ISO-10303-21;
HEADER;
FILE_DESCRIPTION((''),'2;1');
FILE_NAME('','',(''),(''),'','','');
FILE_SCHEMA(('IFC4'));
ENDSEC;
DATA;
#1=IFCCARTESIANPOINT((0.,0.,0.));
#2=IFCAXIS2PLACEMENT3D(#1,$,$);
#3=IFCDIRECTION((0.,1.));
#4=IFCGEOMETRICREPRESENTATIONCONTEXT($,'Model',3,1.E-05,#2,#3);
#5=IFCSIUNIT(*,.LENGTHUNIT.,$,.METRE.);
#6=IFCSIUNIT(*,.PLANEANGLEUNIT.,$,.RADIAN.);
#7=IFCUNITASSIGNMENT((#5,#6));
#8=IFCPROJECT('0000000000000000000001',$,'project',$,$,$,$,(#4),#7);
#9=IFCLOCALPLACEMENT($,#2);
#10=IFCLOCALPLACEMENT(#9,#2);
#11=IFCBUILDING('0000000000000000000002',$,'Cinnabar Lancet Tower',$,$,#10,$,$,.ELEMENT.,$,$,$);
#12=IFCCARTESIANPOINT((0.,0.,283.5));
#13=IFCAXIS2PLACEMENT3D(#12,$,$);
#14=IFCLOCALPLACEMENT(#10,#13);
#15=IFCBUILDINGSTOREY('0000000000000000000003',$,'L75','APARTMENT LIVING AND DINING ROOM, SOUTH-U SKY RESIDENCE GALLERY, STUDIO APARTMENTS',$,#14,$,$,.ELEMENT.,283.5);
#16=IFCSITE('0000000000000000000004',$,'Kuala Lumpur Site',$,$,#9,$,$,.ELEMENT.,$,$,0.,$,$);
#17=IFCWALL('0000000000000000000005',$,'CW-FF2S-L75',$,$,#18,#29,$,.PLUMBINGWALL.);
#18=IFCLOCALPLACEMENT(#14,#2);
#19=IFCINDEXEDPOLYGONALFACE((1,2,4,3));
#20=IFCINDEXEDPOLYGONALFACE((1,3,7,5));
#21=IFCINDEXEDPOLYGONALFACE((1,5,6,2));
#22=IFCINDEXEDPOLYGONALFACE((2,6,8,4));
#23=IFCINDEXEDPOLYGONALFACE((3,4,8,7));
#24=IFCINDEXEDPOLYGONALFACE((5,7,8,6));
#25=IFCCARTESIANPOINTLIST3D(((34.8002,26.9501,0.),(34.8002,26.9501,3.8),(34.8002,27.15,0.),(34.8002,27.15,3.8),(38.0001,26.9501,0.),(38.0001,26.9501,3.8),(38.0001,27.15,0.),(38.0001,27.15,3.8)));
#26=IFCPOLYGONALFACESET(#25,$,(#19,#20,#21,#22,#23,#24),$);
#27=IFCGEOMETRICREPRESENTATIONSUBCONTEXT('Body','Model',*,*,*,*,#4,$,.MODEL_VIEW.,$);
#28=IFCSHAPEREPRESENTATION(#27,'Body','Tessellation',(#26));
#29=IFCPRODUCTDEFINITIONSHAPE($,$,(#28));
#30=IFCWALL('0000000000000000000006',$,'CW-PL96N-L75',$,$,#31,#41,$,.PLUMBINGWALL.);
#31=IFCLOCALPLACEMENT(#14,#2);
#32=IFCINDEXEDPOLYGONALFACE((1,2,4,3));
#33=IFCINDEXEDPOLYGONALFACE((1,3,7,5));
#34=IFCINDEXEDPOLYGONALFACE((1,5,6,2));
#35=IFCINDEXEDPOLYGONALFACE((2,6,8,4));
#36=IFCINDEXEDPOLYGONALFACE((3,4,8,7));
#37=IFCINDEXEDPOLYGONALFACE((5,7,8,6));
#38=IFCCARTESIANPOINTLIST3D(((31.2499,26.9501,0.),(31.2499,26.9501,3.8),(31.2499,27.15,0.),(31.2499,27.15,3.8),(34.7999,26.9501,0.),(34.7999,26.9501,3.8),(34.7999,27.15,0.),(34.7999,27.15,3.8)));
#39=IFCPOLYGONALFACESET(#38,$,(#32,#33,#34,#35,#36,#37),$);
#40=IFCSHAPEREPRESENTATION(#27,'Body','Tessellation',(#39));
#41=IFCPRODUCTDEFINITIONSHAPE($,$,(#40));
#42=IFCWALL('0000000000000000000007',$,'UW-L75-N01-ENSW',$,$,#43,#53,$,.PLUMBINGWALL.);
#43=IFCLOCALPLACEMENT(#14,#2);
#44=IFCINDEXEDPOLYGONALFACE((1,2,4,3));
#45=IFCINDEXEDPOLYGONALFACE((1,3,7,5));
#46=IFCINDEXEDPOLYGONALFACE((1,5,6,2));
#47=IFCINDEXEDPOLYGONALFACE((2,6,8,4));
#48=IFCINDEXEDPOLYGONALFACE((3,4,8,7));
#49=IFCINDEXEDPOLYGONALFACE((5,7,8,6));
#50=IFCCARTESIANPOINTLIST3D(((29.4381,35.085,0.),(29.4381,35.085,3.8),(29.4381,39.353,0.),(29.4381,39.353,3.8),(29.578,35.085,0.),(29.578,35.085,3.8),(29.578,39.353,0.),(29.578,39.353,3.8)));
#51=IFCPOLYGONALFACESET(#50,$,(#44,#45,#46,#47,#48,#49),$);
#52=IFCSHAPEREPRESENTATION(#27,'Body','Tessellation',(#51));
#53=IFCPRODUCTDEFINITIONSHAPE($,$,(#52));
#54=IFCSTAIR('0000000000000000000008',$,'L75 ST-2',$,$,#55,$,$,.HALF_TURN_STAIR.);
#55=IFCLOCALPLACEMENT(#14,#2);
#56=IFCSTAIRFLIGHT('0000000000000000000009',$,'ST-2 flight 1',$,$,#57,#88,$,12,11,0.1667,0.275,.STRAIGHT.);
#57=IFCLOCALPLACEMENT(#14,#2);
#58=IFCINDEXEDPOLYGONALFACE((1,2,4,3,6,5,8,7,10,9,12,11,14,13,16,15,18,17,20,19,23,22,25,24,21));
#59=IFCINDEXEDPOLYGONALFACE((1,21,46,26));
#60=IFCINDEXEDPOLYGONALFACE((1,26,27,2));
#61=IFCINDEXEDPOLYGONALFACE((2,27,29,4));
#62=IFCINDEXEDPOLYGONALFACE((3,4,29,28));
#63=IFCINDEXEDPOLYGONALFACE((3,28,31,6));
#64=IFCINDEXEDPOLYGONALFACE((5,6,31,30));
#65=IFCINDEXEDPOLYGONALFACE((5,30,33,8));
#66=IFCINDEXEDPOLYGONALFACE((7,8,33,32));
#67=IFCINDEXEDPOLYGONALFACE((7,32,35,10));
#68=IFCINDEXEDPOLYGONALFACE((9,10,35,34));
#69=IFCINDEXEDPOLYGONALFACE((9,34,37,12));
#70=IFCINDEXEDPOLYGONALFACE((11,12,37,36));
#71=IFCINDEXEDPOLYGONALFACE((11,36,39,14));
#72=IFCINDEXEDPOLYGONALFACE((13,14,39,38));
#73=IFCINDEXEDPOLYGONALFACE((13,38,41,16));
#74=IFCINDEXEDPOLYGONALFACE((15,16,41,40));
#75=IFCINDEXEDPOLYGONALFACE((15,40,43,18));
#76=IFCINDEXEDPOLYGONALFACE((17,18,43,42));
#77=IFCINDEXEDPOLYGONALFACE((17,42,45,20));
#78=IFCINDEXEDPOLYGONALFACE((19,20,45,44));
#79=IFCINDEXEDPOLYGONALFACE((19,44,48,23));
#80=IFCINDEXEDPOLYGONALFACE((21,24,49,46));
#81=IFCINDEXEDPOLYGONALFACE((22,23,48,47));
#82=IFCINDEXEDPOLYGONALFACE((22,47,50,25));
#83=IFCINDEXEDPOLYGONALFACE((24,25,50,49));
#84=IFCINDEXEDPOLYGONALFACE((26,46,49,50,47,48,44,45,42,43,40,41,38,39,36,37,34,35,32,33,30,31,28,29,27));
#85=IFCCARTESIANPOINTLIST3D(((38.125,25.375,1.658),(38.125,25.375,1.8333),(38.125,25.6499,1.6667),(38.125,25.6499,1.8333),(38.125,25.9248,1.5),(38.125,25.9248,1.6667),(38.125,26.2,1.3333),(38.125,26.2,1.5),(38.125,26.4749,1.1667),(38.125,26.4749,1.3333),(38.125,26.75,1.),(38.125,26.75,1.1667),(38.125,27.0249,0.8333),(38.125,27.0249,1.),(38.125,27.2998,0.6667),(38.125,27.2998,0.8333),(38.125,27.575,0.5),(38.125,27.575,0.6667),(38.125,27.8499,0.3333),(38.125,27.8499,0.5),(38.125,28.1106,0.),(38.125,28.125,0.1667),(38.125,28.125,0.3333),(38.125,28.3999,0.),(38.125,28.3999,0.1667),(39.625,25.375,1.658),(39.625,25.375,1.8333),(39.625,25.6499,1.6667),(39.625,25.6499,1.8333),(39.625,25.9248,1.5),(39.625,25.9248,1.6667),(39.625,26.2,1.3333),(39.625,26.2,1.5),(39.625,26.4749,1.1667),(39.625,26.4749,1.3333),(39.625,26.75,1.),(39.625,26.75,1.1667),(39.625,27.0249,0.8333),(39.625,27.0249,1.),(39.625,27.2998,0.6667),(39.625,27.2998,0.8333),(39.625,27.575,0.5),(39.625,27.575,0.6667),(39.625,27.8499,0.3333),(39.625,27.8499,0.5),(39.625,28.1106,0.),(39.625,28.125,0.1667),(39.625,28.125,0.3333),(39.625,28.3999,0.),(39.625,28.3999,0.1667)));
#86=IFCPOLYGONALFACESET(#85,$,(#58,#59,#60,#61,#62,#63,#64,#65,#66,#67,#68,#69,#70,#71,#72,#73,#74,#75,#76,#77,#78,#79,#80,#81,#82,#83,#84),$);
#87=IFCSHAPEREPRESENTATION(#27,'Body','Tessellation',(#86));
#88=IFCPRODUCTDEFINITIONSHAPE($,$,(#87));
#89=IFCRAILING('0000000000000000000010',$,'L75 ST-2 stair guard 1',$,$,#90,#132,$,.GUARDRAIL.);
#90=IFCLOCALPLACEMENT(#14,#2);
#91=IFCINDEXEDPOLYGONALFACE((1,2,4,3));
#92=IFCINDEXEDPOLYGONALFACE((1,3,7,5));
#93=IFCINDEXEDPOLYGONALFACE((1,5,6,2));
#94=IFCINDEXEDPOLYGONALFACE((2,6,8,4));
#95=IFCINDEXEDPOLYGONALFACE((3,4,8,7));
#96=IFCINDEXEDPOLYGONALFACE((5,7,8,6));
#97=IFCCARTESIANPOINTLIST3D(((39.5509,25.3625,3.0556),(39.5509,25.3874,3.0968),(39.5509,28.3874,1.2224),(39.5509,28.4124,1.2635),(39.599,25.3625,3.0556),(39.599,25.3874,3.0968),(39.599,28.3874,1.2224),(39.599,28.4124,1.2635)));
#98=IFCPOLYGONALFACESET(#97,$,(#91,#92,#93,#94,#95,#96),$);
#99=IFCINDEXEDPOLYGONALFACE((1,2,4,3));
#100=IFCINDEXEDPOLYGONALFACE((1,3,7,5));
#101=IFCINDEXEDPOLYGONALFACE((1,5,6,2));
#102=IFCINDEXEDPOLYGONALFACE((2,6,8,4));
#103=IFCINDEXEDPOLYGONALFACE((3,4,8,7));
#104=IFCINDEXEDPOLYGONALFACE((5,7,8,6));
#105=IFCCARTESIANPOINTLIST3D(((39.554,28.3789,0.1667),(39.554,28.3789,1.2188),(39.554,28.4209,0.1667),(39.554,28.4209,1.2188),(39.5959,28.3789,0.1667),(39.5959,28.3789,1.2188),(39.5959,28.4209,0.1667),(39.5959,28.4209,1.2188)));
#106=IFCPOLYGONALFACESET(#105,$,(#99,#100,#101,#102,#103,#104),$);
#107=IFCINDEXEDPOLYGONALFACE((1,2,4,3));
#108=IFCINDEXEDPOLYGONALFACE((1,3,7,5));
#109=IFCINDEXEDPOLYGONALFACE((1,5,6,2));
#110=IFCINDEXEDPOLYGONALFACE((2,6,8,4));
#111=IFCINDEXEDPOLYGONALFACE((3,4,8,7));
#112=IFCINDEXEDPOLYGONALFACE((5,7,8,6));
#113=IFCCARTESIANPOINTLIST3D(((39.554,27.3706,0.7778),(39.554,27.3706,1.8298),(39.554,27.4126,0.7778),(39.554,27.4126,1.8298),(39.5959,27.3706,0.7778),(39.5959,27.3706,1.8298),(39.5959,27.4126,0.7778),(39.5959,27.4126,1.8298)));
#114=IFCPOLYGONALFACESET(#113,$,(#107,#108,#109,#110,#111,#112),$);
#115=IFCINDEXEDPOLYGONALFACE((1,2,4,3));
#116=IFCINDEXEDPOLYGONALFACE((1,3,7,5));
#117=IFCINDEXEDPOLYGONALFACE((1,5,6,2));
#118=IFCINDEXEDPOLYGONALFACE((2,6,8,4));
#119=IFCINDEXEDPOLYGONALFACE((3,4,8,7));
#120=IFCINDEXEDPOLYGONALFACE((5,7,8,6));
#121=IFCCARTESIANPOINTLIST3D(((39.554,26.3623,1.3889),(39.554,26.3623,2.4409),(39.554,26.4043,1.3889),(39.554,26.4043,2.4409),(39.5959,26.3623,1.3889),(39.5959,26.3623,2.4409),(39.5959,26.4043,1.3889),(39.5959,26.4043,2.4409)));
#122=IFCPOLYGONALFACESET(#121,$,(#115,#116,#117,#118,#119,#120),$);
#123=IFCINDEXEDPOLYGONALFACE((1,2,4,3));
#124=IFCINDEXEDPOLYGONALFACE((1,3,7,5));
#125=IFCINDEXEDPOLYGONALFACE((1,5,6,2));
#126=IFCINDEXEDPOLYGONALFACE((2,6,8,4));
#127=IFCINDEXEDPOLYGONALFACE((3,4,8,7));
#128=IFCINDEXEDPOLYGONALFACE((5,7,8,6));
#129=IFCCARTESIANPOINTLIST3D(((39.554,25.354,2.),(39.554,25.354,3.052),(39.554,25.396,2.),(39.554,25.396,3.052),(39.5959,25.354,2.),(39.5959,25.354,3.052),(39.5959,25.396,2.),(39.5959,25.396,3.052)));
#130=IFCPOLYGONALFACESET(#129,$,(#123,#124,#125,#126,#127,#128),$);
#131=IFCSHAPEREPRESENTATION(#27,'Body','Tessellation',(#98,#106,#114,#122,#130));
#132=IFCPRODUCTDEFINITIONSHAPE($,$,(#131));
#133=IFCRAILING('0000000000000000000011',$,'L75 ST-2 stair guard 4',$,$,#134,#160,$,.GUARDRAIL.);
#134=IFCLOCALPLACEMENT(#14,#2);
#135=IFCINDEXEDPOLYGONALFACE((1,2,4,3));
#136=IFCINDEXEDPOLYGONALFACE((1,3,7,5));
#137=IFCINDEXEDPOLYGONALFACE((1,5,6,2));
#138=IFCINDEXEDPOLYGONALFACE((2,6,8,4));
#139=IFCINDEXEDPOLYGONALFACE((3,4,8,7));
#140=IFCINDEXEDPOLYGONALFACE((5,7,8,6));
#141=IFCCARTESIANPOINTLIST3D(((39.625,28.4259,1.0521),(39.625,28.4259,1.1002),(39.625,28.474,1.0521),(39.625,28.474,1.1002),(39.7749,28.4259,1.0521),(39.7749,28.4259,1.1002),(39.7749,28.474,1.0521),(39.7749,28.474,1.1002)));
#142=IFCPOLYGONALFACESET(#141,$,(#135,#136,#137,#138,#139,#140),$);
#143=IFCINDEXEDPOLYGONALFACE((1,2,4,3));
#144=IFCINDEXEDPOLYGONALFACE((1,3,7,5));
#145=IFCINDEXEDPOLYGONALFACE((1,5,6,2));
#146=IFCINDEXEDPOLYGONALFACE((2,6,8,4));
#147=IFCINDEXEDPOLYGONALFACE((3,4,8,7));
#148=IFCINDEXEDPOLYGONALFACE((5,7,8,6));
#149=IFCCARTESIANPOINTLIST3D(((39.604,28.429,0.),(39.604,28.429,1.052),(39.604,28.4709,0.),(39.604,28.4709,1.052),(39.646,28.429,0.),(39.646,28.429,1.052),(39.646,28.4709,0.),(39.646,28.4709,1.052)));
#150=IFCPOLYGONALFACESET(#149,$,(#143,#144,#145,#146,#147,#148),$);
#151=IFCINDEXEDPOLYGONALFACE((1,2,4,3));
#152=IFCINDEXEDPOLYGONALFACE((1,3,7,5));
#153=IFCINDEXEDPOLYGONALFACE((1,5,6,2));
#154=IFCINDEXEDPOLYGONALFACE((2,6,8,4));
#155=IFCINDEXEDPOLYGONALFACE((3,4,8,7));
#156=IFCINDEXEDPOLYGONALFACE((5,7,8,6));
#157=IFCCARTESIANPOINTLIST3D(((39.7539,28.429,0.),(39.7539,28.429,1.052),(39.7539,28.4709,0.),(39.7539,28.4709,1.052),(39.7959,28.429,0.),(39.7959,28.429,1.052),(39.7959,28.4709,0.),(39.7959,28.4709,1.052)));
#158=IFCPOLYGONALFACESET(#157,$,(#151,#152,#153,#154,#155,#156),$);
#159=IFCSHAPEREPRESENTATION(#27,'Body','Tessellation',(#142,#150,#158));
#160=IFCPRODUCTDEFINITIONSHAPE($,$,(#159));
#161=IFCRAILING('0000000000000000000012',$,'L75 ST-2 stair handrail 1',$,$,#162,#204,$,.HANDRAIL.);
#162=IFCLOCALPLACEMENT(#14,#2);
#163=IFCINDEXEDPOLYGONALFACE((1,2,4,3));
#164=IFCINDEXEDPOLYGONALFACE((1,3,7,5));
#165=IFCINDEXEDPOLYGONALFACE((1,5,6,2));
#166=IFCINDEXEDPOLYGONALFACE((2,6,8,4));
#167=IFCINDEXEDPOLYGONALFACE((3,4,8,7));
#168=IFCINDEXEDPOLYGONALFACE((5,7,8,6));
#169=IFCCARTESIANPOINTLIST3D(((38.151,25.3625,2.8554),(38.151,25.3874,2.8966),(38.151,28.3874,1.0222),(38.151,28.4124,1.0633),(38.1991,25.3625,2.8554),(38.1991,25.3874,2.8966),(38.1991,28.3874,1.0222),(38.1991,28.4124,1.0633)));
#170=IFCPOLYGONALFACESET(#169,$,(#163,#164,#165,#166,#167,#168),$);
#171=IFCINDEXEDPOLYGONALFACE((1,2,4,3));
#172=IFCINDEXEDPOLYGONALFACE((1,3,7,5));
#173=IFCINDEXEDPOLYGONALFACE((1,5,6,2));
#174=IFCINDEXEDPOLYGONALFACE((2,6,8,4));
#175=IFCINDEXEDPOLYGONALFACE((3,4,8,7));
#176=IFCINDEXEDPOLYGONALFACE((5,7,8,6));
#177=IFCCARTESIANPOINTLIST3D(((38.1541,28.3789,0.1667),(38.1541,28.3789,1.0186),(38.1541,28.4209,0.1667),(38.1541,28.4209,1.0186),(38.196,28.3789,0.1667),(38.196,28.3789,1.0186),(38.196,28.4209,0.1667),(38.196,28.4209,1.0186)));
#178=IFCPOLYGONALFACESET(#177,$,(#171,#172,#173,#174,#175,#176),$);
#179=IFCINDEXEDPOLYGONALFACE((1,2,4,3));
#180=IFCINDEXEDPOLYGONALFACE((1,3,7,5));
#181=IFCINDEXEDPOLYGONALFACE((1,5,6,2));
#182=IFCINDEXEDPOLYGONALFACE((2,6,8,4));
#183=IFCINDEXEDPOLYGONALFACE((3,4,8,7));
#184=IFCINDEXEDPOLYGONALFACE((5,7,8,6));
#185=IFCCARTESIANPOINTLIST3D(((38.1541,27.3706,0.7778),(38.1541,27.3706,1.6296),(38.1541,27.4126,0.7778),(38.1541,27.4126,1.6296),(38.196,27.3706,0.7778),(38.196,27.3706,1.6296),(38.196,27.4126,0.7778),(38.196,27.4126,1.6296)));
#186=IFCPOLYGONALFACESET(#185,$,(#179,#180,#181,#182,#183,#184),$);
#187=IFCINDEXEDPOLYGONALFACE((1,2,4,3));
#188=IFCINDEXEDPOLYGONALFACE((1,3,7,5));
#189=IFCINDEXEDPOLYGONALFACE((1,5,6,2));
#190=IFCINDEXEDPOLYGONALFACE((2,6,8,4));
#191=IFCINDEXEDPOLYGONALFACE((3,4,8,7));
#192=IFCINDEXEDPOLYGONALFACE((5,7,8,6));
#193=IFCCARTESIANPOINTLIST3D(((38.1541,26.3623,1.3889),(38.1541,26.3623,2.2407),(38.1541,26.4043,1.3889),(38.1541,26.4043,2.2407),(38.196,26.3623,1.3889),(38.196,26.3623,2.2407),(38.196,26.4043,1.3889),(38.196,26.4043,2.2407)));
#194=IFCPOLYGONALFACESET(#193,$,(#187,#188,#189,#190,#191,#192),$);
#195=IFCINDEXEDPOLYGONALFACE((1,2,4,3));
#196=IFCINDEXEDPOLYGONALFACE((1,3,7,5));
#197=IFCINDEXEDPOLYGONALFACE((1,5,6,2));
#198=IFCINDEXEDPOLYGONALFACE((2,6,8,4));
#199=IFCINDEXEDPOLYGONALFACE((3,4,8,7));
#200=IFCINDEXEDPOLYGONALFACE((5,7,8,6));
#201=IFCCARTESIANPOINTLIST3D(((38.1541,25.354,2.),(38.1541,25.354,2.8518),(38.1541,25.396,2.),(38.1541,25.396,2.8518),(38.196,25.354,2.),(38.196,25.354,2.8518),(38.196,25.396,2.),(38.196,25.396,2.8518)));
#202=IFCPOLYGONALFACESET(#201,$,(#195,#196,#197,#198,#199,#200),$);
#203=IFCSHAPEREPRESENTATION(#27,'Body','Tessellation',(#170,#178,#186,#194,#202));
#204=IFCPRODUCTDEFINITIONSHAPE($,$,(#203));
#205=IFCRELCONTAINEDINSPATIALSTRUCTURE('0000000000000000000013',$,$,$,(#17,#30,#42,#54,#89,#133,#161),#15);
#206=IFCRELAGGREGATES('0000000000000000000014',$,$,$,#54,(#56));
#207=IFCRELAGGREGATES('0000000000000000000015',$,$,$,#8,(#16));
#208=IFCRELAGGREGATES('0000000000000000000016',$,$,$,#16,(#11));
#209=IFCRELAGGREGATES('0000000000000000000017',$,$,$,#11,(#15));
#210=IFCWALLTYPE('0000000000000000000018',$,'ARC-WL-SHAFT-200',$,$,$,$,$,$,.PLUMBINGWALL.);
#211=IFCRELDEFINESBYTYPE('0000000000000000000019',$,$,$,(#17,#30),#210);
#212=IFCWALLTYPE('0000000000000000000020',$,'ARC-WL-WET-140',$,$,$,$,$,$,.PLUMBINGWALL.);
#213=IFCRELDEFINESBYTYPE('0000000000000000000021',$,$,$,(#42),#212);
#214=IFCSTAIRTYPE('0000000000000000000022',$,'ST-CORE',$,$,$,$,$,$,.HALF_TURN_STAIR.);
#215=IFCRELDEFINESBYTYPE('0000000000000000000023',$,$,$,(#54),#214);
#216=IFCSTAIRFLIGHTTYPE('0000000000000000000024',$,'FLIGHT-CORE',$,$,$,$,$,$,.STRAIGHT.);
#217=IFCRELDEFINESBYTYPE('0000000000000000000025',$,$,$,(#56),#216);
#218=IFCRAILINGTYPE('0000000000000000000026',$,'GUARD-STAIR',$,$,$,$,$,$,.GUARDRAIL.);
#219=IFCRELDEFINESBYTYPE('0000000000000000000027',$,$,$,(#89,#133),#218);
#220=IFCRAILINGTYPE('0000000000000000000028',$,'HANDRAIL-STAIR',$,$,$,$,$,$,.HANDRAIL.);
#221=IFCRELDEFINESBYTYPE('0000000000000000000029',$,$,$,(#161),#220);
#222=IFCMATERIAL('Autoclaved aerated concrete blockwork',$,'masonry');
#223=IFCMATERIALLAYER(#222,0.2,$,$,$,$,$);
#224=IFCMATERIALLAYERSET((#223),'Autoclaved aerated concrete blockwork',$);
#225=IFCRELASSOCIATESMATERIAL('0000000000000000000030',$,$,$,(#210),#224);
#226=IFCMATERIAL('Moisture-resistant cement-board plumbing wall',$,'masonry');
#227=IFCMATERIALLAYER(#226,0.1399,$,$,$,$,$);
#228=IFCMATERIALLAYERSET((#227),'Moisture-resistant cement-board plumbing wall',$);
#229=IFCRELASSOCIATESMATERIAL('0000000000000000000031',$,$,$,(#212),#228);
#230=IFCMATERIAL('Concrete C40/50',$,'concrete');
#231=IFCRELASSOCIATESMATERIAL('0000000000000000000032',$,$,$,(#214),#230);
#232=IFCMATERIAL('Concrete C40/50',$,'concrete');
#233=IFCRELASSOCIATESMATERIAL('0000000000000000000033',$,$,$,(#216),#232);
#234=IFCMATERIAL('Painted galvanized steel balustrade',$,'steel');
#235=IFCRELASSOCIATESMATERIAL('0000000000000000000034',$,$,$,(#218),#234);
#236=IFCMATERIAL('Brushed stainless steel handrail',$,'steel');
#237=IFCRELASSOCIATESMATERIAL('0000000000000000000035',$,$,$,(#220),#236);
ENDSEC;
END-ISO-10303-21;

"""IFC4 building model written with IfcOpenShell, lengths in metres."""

from ifc_helpers import new_model, si_unit, direction, frame, frame_2d, origin, origin_2d, place, context, subcontext, project, spatial, polyline, rectangle, outline, extrude, material, layer, layer_set, type_object, element, aggregate, save


model = new_model("IFC4")

# Units and contexts
model_context = context("Model", 3, precision=1e-05, world=origin(), true_north=direction((0.0, 1.0)))
body_context = subcontext(model_context, "Body", "Model", "MODEL_VIEW")
ifc_project = project(units=[si_unit("LENGTHUNIT", "METRE"), si_unit("PLANEANGLEUNIT", "RADIAN")], contexts=[model_context])

# Site, building, storey
site_placement = place(None, origin())
site = spatial("IfcSite", under=ifc_project, at=site_placement, Name="Kuala Lumpur Site", CompositionType="ELEMENT", RefElevation=0.0)
building_placement = place(site_placement, origin())
building = spatial("IfcBuilding", under=site, at=building_placement, Name="Cinnabar Lancet Tower", CompositionType="ELEMENT")
storey_placement = place(building_placement, frame((0.0, 0.0, 283.5)))
storey = spatial("IfcBuildingStorey", under=building, at=storey_placement, Name="L75", Description="APARTMENT LIVING AND DINING ROOM, SOUTH-U SKY RESIDENCE GALLERY, STUDIO APARTMENTS", CompositionType="ELEMENT", Elevation=283.5)

# Shared definitions
ifc_material_1 = material(Name="Autoclaved aerated concrete blockwork", Category="masonry")
ifc_layer_1 = layer(ifc_material_1, 0.2)
ifc_layer_set_1 = layer_set([ifc_layer_1], Name="Autoclaved aerated concrete blockwork")
wall_type_1 = type_object("IfcWallType", Name="ARC-WL-SHAFT-200", PredefinedType="PLUMBINGWALL", material=ifc_layer_set_1)

# Walls
wall_1_placement = place(storey_placement, frame((34.8, 27.05, 0.0), z_axis=(0.0, 0.0, 1.0), x_axis=(1.0, 0.0, 0.0)))
element("IfcWall", 1, at=wall_1_placement, inside=storey, type_object=wall_type_1, Name="CW-FF2S-L75", PredefinedType="PLUMBINGWALL", context=body_context, shape_type="SweptSolid", body=[
    extrude(rectangle(XDim=3.2, YDim=0.2, at=frame_2d((1.6001, 0.0))), origin(), (0.0, 0.0, 1.0), 3.8),
])
wall_2_placement = place(storey_placement, frame((31.25, 27.05, 0.0), z_axis=(0.0, 0.0, 1.0), x_axis=(1.0, 0.0, 0.0)))
element("IfcWall", 2, at=wall_2_placement, inside=storey, type_object=wall_type_1, Name="CW-PL96N-L75", PredefinedType="PLUMBINGWALL", context=body_context, shape_type="SweptSolid", body=[
    extrude(rectangle(XDim=3.55, YDim=0.2, at=frame_2d((1.7749, 0.0))), origin(), (0.0, 0.0, 1.0), 3.8),
])
ifc_material_2 = material(Name="Moisture-resistant cement-board plumbing wall", Category="masonry")
ifc_layer_2 = layer(ifc_material_2, 0.1399)
ifc_layer_set_2 = layer_set([ifc_layer_2], Name="Moisture-resistant cement-board plumbing wall")
wall_type_2 = type_object("IfcWallType", Name="ARC-WL-WET-140", PredefinedType="PLUMBINGWALL", material=ifc_layer_set_2)
wall_3_placement = place(storey_placement, frame((29.5081, 35.085, 0.0), z_axis=(0.0, 0.0, 1.0), x_axis=(0.0, 1.0, 0.0)))
element("IfcWall", 3, at=wall_3_placement, inside=storey, type_object=wall_type_2, Name="UW-L75-N01-ENSW", PredefinedType="PLUMBINGWALL", context=body_context, shape_type="SweptSolid", body=[
    extrude(rectangle(XDim=4.2681, YDim=0.1399, at=frame_2d((2.134, 0.0))), origin(), (0.0, 0.0, 1.0), 3.8),
])

# Stair, stair flight
ifc_material_3 = material(Name="Concrete C40/50", Category="concrete")
stair_type = type_object("IfcStairType", Name="ST-CORE", PredefinedType="HALF_TURN_STAIR", material=ifc_material_3)
stair_placement = place(storey_placement, origin())
stair = element("IfcStair", 4, at=stair_placement, inside=storey, type_object=stair_type, Name="L75 ST-2", PredefinedType="HALF_TURN_STAIR")
ifc_material_4 = material(Name="Concrete C40/50", Category="concrete")
stair_flight_type = type_object("IfcStairFlightType", Name="FLIGHT-CORE", PredefinedType="STRAIGHT", material=ifc_material_4)
stair_flight_placement = place(storey_placement, frame((38.875, 28.3999, 0.0), z_axis=(0.0, 0.0, 1.0), x_axis=(0.0, -1.0, 0.0)))
stair_flight = element("IfcStairFlight", 5, at=stair_flight_placement, type_object=stair_flight_type, Name="ST-2 flight 1", NumberOfRisers=12, NumberOfTreads=11, PredefinedType="STRAIGHT", RiserHeight=0.1667, TreadLength=0.275, context=body_context, shape_type="SweptSolid", body=[
    extrude(outline(polyline([(0.0, 0.0), (0.0, 0.1667), (0.2749, 0.1667), (0.2749, 0.3333), (0.55, 0.3333), (0.55, 0.5), (0.825, 0.5), (0.825, 0.6667), (1.1001, 0.6667), (1.1001, 0.8333), (1.375, 0.8333), (1.375, 1.0), (1.6499, 1.0), (1.6499, 1.1667), (1.925, 1.1667), (1.925, 1.3333), (2.2, 1.3333), (2.2, 1.5), (2.4751, 1.5), (2.4751, 1.6667), (2.75, 1.6667), (2.75, 1.8333), (3.0249, 1.8333), (3.0249, 2.0), (3.0249, 1.658), (0.2893, 0.0), (0.0, 0.0)])), frame((0.0, 0.75, 0.0), z_axis=(0.0, -1.0, 0.0), x_axis=(1.0, 0.0, 0.0)), (0.0, 0.0, 1.0), 1.5),
])
aggregate(stair, [stair_flight])

# Railings
ifc_material_5 = material(Name="Painted galvanized steel balustrade", Category="steel")
railing_type_1 = type_object("IfcRailingType", Name="GUARD-STAIR", PredefinedType="GUARDRAIL", material=ifc_material_5)
railing_1_placement = place(storey_placement, frame((39.575, 28.3999, 0.1667)))
element("IfcRailing", 6, at=railing_1_placement, inside=storey, type_object=railing_type_1, Name="L75 ST-2 stair guard 1", PredefinedType="GUARDRAIL", context=body_context, shape_type="SweptSolid", body=[
    extrude(rectangle(XDim=0.0481, YDim=0.0481, at=origin_2d()), frame((0.0, 0.0, 1.0762), z_axis=(0.0, -0.855201, 0.518297), x_axis=(1.0, 0.0, 0.0)), (0.0, 0.0, 1.0), 3.5371),
    extrude(rectangle(XDim=0.042, YDim=0.042, at=origin_2d()), origin(), (0.0, 0.0, 1.0), 1.052),
    extrude(rectangle(XDim=0.042, YDim=0.042, at=origin_2d()), frame((0.0, -1.0083, 0.6111)), (0.0, 0.0, 1.0), 1.052),
    extrude(rectangle(XDim=0.042, YDim=0.042, at=origin_2d()), frame((0.0, -2.0166, 1.2222)), (0.0, 0.0, 1.0), 1.052),
    extrude(rectangle(XDim=0.042, YDim=0.042, at=origin_2d()), frame((0.0, -3.0249, 1.8333)), (0.0, 0.0, 1.0), 1.052),
])
railing_2_placement = place(storey_placement, frame((39.625, 28.45, 0.0)))
element("IfcRailing", 7, at=railing_2_placement, inside=storey, type_object=railing_type_1, Name="L75 ST-2 stair guard 4", PredefinedType="GUARDRAIL", context=body_context, shape_type="SweptSolid", body=[
    extrude(rectangle(XDim=0.0481, YDim=0.0481, at=origin_2d()), frame((0.0, 0.0, 1.0762), z_axis=(1.0, 0.0, 0.0), x_axis=(0.0, 1.0, 0.0)), (0.0, 0.0, 1.0), 0.1499),
    extrude(rectangle(XDim=0.042, YDim=0.042, at=origin_2d()), origin(), (0.0, 0.0, 1.0), 1.052),
    extrude(rectangle(XDim=0.042, YDim=0.042, at=origin_2d()), frame((0.1499, 0.0, 0.0)), (0.0, 0.0, 1.0), 1.052),
])
ifc_material_6 = material(Name="Brushed stainless steel handrail", Category="steel")
railing_type_2 = type_object("IfcRailingType", Name="HANDRAIL-STAIR", PredefinedType="HANDRAIL", material=ifc_material_6)
railing_3_placement = place(storey_placement, frame((38.175, 28.3999, 0.1667)))
element("IfcRailing", 8, at=railing_3_placement, inside=storey, type_object=railing_type_2, Name="L75 ST-2 stair handrail 1", PredefinedType="HANDRAIL", context=body_context, shape_type="SweptSolid", body=[
    extrude(rectangle(XDim=0.0481, YDim=0.0481, at=origin_2d()), frame((0.0, 0.0, 0.876), z_axis=(0.0, -0.855201, 0.518297), x_axis=(1.0, 0.0, 0.0)), (0.0, 0.0, 1.0), 3.5371),
    extrude(rectangle(XDim=0.042, YDim=0.042, at=origin_2d()), origin(), (0.0, 0.0, 1.0), 0.8518),
    extrude(rectangle(XDim=0.042, YDim=0.042, at=origin_2d()), frame((0.0, -1.0083, 0.6111)), (0.0, 0.0, 1.0), 0.8518),
    extrude(rectangle(XDim=0.042, YDim=0.042, at=origin_2d()), frame((0.0, -2.0166, 1.2222)), (0.0, 0.0, 1.0), 0.8518),
    extrude(rectangle(XDim=0.042, YDim=0.042, at=origin_2d()), frame((0.0, -3.0249, 1.8333)), (0.0, 0.0, 1.0), 0.8518),
])

save(model, "model.ifc")
